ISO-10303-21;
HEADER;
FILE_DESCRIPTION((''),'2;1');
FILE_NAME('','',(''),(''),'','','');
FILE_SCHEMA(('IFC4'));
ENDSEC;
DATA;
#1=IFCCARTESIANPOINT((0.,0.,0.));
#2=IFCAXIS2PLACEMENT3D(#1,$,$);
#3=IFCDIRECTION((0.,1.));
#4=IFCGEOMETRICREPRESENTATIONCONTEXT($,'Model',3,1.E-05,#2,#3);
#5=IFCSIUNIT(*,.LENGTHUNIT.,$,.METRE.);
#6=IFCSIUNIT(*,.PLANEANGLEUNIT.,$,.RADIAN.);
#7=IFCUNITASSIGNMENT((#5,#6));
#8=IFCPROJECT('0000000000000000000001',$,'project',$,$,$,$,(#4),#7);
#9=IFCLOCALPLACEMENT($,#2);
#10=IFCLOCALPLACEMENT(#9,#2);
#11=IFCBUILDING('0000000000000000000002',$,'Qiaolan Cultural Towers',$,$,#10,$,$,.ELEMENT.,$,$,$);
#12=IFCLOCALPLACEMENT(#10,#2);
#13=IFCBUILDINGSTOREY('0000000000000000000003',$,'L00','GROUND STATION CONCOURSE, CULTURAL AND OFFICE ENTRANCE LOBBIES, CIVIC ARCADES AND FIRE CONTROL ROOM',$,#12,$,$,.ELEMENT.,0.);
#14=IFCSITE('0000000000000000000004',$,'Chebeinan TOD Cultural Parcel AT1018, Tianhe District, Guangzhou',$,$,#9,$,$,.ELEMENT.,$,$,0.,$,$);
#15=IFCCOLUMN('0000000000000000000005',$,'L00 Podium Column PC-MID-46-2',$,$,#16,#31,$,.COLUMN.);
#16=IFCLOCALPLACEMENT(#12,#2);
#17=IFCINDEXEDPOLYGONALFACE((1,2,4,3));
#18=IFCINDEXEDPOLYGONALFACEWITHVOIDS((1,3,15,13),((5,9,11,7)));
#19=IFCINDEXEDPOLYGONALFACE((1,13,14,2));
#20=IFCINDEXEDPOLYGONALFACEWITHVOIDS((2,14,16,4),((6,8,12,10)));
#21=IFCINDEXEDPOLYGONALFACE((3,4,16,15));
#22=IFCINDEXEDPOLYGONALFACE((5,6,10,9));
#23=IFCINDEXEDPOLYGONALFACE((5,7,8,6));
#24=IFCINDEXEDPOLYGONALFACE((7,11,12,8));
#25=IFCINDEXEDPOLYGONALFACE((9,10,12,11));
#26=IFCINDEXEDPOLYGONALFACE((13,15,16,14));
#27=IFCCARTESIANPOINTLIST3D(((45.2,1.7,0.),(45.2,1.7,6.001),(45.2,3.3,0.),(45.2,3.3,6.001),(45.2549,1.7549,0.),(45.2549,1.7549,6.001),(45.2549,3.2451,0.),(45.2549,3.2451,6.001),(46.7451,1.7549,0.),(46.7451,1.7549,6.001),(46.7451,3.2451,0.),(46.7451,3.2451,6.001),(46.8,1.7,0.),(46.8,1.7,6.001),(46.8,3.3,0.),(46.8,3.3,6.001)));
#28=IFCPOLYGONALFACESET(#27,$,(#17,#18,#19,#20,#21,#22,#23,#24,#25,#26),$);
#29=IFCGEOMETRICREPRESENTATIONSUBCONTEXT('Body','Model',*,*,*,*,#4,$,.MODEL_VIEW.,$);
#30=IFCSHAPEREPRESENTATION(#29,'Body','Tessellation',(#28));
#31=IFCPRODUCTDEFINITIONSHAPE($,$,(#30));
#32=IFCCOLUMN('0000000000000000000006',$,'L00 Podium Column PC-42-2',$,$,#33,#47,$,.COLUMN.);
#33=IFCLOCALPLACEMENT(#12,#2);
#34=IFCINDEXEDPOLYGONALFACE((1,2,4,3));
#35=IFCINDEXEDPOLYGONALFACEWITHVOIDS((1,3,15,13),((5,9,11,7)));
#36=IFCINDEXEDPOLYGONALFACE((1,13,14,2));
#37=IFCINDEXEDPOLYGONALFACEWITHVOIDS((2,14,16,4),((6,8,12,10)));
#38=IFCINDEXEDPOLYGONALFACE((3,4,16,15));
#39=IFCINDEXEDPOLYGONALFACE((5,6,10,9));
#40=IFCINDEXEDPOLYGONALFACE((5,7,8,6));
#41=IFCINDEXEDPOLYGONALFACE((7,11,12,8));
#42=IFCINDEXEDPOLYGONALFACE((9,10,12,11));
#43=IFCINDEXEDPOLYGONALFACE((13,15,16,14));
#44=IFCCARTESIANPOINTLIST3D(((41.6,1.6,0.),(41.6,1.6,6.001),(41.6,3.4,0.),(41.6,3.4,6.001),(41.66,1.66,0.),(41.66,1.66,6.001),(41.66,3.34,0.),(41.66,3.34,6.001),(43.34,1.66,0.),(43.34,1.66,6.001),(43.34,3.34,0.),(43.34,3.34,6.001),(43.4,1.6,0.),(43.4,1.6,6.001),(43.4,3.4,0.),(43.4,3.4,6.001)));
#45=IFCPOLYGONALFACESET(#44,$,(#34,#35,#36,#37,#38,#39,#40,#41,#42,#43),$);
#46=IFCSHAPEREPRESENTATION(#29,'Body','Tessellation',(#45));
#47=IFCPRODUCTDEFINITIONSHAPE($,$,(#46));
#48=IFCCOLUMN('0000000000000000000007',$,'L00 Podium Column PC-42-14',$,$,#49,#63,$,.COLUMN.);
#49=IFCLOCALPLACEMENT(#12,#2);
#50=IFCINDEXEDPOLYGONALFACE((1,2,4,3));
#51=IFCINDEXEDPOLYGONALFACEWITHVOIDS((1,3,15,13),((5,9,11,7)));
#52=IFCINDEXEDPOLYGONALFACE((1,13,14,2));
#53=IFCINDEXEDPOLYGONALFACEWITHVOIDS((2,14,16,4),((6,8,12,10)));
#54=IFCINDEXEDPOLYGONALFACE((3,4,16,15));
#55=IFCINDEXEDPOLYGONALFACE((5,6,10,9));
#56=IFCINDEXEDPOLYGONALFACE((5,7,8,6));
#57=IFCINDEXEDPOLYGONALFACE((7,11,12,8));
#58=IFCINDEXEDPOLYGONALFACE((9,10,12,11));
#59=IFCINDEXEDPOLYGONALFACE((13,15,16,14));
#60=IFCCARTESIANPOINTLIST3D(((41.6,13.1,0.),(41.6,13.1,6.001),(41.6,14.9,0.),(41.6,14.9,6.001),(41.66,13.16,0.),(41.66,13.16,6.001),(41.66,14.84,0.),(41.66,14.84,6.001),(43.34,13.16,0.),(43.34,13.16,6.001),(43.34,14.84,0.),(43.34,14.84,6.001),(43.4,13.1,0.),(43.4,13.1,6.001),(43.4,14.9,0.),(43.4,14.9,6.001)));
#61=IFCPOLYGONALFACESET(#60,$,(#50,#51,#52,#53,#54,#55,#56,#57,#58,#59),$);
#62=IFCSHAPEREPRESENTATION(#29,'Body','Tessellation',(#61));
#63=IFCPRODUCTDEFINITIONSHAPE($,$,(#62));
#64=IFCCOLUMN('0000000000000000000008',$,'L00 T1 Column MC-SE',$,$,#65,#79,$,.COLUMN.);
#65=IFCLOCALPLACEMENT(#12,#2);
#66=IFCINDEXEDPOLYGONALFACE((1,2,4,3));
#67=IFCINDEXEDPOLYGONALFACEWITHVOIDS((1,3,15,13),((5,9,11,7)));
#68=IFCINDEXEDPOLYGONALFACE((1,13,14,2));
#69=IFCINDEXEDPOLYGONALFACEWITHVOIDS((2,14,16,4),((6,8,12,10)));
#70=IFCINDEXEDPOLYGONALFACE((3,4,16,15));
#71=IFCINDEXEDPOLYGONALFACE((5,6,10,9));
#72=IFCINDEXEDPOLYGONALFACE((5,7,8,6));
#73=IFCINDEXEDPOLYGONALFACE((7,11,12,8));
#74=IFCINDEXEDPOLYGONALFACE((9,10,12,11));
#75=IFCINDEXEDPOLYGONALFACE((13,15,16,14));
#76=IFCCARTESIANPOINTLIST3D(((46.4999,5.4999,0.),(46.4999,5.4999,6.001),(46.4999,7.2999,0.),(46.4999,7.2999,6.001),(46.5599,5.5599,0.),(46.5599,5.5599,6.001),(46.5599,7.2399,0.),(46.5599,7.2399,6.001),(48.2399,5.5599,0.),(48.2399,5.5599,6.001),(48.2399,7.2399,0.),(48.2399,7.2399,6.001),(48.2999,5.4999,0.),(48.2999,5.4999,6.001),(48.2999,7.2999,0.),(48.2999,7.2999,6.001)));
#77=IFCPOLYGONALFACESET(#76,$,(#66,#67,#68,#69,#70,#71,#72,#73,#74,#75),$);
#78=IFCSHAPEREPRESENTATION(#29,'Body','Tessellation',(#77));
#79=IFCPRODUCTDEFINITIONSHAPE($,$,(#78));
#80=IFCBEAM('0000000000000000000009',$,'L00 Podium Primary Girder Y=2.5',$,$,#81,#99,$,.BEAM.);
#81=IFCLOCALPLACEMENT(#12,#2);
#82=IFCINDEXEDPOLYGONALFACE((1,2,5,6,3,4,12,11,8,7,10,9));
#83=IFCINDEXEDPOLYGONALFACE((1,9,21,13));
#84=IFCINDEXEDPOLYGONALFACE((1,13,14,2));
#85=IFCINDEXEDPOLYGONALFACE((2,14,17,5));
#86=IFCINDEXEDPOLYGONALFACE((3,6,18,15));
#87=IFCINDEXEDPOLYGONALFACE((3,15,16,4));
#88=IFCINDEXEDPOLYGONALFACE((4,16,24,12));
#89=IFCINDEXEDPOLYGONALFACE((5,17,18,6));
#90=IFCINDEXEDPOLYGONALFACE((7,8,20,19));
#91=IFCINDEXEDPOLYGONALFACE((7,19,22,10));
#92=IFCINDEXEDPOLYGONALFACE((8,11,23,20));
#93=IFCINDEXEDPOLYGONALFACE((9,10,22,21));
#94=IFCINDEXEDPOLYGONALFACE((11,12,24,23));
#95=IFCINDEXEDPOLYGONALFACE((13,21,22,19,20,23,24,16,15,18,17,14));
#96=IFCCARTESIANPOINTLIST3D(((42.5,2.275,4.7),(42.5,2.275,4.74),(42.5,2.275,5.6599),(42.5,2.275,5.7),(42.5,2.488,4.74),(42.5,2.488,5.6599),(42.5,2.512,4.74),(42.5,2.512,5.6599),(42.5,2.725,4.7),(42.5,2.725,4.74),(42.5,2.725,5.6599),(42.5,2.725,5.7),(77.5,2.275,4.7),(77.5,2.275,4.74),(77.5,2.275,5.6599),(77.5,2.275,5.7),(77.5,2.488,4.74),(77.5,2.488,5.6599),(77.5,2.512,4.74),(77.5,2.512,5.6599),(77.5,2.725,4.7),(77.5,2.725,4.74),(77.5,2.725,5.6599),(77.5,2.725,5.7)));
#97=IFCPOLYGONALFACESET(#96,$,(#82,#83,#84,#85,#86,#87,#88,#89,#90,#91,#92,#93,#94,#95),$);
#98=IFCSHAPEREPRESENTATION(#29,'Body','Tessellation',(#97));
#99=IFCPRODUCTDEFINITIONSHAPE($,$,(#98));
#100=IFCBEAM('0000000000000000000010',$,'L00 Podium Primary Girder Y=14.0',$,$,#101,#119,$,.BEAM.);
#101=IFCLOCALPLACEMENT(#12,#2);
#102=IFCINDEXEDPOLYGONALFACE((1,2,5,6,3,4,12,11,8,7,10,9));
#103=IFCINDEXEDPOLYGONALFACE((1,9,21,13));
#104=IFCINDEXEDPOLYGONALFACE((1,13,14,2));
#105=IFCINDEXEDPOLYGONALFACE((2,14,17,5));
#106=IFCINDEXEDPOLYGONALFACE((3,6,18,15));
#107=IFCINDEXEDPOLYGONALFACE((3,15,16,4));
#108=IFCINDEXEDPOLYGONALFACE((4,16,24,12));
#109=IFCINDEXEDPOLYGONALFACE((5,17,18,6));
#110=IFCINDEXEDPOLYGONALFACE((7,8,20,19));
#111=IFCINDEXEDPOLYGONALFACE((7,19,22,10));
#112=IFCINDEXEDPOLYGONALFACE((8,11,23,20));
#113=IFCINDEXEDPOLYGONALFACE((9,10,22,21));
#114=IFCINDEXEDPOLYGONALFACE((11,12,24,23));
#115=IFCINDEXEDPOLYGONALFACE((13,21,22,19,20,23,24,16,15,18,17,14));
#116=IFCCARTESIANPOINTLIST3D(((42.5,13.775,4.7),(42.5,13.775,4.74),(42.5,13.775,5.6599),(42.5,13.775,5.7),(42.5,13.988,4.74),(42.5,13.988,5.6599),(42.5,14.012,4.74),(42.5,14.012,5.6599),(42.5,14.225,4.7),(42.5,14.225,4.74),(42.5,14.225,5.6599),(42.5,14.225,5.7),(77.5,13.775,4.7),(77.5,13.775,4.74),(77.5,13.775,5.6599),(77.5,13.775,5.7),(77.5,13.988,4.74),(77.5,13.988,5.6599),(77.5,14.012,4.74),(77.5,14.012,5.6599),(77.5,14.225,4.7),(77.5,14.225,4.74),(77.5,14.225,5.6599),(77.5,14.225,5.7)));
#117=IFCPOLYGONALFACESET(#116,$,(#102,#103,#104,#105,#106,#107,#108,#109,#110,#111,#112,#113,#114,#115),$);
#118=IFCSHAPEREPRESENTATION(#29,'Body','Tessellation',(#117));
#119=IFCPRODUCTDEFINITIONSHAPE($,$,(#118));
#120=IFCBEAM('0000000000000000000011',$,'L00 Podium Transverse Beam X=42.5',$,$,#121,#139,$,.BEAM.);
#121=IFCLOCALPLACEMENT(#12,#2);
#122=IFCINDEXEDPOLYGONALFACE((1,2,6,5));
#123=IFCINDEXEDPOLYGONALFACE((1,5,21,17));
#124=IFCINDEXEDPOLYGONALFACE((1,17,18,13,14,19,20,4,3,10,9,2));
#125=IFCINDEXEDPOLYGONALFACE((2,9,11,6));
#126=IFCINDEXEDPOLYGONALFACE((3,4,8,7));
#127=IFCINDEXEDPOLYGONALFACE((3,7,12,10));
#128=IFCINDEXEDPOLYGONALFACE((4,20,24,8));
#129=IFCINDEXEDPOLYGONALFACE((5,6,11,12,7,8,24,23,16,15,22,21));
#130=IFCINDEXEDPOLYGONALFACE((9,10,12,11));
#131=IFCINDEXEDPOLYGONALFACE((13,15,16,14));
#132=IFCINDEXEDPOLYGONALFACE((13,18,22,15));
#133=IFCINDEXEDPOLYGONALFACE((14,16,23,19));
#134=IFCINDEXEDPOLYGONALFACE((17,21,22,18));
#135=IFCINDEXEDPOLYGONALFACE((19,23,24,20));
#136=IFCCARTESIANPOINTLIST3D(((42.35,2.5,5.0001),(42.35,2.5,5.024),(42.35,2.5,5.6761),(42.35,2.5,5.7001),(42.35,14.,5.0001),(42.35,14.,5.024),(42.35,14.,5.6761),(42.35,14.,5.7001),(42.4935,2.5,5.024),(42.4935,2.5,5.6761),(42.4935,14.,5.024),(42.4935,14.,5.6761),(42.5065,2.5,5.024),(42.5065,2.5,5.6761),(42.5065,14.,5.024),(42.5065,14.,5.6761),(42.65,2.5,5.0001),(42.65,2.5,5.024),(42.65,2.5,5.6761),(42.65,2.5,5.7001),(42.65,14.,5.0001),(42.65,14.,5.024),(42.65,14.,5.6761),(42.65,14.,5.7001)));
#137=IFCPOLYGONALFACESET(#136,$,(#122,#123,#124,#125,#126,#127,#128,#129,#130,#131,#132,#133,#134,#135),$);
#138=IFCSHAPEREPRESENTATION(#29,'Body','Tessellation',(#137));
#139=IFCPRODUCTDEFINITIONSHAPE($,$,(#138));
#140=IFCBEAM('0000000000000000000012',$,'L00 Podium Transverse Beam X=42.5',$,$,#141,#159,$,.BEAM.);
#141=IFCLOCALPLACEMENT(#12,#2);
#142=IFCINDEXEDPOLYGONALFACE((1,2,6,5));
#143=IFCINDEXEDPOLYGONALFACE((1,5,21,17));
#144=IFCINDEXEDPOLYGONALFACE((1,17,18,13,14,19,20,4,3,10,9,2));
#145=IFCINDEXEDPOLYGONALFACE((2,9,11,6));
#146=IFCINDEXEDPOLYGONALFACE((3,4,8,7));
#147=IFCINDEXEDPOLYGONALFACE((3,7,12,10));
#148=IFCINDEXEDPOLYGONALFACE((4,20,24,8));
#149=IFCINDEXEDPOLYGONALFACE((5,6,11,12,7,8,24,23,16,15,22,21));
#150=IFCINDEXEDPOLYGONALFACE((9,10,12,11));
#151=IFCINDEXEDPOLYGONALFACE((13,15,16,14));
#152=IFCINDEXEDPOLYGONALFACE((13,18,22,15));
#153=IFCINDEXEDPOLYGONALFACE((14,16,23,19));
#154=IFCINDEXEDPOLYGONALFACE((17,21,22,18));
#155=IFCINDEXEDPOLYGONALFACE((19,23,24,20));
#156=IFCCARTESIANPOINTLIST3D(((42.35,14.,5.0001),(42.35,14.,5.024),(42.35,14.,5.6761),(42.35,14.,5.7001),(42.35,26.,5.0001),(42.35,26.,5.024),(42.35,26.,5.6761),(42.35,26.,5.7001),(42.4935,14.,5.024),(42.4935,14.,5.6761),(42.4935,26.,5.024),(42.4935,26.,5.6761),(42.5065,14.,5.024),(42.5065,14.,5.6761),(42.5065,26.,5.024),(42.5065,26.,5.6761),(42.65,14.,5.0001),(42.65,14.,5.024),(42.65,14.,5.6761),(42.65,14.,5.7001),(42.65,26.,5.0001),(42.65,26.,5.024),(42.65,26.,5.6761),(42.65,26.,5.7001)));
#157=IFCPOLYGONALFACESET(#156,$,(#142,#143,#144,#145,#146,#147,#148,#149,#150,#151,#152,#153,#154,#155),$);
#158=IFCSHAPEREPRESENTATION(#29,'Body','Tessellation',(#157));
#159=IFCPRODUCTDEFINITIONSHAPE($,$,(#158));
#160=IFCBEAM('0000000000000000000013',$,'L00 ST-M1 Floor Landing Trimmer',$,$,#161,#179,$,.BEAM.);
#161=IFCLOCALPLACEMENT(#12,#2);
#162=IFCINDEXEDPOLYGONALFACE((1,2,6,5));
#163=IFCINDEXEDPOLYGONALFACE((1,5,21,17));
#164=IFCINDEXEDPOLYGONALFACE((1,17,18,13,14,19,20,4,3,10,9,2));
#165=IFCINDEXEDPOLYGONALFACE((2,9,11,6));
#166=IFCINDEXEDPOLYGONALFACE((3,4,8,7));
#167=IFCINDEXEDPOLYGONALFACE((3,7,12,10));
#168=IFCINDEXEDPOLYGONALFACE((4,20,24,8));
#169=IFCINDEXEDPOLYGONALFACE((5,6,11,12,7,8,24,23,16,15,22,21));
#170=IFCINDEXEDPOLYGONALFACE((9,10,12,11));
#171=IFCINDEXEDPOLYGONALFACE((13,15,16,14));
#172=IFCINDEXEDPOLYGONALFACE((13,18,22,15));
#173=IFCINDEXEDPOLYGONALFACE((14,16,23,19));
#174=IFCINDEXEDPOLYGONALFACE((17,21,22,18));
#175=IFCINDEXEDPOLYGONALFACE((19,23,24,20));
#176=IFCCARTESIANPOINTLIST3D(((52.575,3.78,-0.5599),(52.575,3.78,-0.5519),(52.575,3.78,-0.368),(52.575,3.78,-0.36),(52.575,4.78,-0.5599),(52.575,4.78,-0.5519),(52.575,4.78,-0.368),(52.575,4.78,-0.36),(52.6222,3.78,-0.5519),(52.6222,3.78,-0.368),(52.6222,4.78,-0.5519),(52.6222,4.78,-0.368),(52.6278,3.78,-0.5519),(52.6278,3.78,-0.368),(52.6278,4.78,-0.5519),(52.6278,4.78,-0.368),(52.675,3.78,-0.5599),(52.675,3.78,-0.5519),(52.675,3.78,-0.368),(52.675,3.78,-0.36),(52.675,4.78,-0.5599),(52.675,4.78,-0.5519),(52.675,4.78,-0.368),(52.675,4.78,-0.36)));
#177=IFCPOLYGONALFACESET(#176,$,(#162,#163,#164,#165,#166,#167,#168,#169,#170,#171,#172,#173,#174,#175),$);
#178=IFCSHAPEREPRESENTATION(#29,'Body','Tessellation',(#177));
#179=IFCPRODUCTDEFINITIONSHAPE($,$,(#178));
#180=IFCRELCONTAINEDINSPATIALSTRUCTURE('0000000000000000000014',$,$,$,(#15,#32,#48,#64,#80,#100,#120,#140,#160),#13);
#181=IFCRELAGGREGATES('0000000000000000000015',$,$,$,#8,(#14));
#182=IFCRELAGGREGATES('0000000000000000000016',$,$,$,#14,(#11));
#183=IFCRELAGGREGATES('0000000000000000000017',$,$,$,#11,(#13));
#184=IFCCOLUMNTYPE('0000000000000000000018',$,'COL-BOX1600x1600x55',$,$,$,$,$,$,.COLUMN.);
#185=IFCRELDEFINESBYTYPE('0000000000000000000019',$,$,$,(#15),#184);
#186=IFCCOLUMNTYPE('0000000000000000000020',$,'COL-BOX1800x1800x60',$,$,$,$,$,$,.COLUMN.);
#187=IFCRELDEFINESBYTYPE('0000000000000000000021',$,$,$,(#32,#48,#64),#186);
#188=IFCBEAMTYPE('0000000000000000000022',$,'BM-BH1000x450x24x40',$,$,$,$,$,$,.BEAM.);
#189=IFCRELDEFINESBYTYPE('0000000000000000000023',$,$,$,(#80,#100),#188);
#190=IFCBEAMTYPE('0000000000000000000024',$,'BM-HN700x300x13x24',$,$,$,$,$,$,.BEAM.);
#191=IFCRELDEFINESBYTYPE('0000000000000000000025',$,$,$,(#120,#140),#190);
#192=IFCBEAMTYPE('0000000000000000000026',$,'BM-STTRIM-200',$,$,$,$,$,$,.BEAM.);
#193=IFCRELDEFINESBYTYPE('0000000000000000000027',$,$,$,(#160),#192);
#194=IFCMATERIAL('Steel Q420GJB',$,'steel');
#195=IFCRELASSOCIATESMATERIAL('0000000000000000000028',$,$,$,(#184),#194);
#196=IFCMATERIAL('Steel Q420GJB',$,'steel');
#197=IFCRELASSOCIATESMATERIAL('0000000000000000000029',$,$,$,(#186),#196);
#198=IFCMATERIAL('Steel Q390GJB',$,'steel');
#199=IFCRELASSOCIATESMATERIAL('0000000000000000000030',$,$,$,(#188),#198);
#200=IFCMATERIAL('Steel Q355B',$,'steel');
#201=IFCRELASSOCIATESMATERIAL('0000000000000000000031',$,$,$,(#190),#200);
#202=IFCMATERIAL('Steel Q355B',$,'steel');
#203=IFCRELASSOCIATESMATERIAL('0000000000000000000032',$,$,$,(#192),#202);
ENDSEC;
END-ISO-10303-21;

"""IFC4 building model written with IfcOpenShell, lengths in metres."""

from ifc_helpers import new_model, si_unit, direction, frame, origin, origin_2d, place, context, subcontext, project, spatial, hollow_rectangle, i_section, extrude, material, material_profile, profile_set, type_object, element, save


model = new_model("IFC4")

# Units and contexts
model_context = context("Model", 3, precision=1e-05, world=origin(), true_north=direction((0.0, 1.0)))
body_context = subcontext(model_context, "Body", "Model", "MODEL_VIEW")
ifc_project = project(units=[si_unit("LENGTHUNIT", "METRE"), si_unit("PLANEANGLEUNIT", "RADIAN")], contexts=[model_context])

# Site, building, storey
site_placement = place(None, origin())
site = spatial("IfcSite", under=ifc_project, at=site_placement, Name="Chebeinan TOD Cultural Parcel AT1018, Tianhe District, Guangzhou", CompositionType="ELEMENT", RefElevation=0.0)
building_placement = place(site_placement, origin())
building = spatial("IfcBuilding", under=site, at=building_placement, Name="Qiaolan Cultural Towers", CompositionType="ELEMENT")
storey_placement = place(building_placement, origin())
storey = spatial("IfcBuildingStorey", under=building, at=storey_placement, Name="L00", Description="GROUND STATION CONCOURSE, CULTURAL AND OFFICE ENTRANCE LOBBIES, CIVIC ARCADES AND FIRE CONTROL ROOM", CompositionType="ELEMENT", Elevation=0.0)

# Columns
ifc_material_1 = material(Name="Steel Q420GJB", Category="steel")
ifc_material_profile_1 = material_profile(ifc_material_1, hollow_rectangle(XDim=1.6001, YDim=1.6001, WallThickness=0.0549, at=origin_2d()), Name="BOX1600x1600x55")
ifc_profile_set_1 = profile_set([ifc_material_profile_1], Name="Steel Q420GJB")
column_type_1 = type_object("IfcColumnType", Name="COL-BOX1600x1600x55", PredefinedType="COLUMN", material=ifc_profile_set_1)
column_placement = place(storey_placement, frame((46.0, 2.5, 0.0), z_axis=(0.0, 0.0, 1.0), x_axis=(1.0, 0.0, 0.0)))
element("IfcColumn", 1, at=column_placement, inside=storey, type_object=column_type_1, Name="L00 Podium Column PC-MID-46-2", PredefinedType="COLUMN", context=body_context, shape_type="SweptSolid", body=[
    extrude(hollow_rectangle(XDim=1.6001, YDim=1.6001, WallThickness=0.0549, at=origin_2d()), origin(), (0.0, 0.0, 1.0), 6.001),
])
ifc_material_2 = material(Name="Steel Q420GJB", Category="steel")
ifc_material_profile_2 = material_profile(ifc_material_2, hollow_rectangle(XDim=1.8, YDim=1.8, WallThickness=0.0601, at=origin_2d()), Name="BOX1800x1800x60")
ifc_profile_set_2 = profile_set([ifc_material_profile_2], Name="Steel Q420GJB")
column_type_2 = type_object("IfcColumnType", Name="COL-BOX1800x1800x60", PredefinedType="COLUMN", material=ifc_profile_set_2)
for number, where, z_axis, x_axis, name in (
    (2, (42.5, 2.5, 0.0), (0.0, 0.0, 1.0), (1.0, 0.0, 0.0), "L00 Podium Column PC-42-2"),
    (3, (42.5, 14.0, 0.0), (0.0, 0.0, 1.0), (1.0, 0.0, 0.0), "L00 Podium Column PC-42-14"),
    (4, (47.3999, 6.3999, 0.0), (0.0, 0.0, 1.0), (1.0, 0.0, 0.0), "L00 T1 Column MC-SE"),
):
    element("IfcColumn", number, at=place(storey_placement, frame(where, z_axis=z_axis, x_axis=x_axis)), inside=storey, type_object=column_type_2, Name=name, PredefinedType="COLUMN", context=body_context, shape_type="SweptSolid", body=[
        extrude(hollow_rectangle(XDim=1.8, YDim=1.8, WallThickness=0.0601, at=origin_2d()), origin(), (0.0, 0.0, 1.0), 6.001),
    ])

# Beams
ifc_material_3 = material(Name="Steel Q390GJB", Category="steel")
ifc_material_profile_3 = material_profile(ifc_material_3, i_section(OverallWidth=0.45, OverallDepth=1.0, WebThickness=0.0239, FlangeThickness=0.04, at=origin_2d()), Name="BH1000x450x24x40")
ifc_profile_set_3 = profile_set([ifc_material_profile_3], Name="Steel Q390GJB")
beam_type_1 = type_object("IfcBeamType", Name="BM-BH1000x450x24x40", PredefinedType="BEAM", material=ifc_profile_set_3)
for number, where, z_axis, x_axis, name in (
    (5, (42.5, 2.5, 5.2), (1.0, 0.0, 0.0), (0.0, 1.0, 0.0), "L00 Podium Primary Girder Y=2.5"),
    (6, (42.5, 14.0, 5.2), (1.0, 0.0, 0.0), (0.0, 1.0, 0.0), "L00 Podium Primary Girder Y=14.0"),
):
    element("IfcBeam", number, at=place(storey_placement, frame(where, z_axis=z_axis, x_axis=x_axis)), inside=storey, type_object=beam_type_1, Name=name, PredefinedType="BEAM", context=body_context, shape_type="SweptSolid", body=[
        extrude(i_section(OverallWidth=0.45, OverallDepth=1.0, WebThickness=0.0239, FlangeThickness=0.04, at=origin_2d()), origin(), (0.0, 0.0, 1.0), 35.0),
    ])
ifc_material_4 = material(Name="Steel Q355B", Category="steel")
ifc_material_profile_4 = material_profile(ifc_material_4, i_section(OverallWidth=0.3, OverallDepth=0.7, WebThickness=0.0129, FlangeThickness=0.0239, at=origin_2d()), Name="HN700x300x13x24")
ifc_profile_set_4 = profile_set([ifc_material_profile_4], Name="Steel Q355B")
beam_type_2 = type_object("IfcBeamType", Name="BM-HN700x300x13x24", PredefinedType="BEAM", material=ifc_profile_set_4)
beam_1_placement = place(storey_placement, frame((42.5, 2.5, 5.3501), z_axis=(0.0, 1.0, 0.0), x_axis=(-1.0, 0.0, 0.0)))
element("IfcBeam", 7, at=beam_1_placement, inside=storey, type_object=beam_type_2, Name="L00 Podium Transverse Beam X=42.5", PredefinedType="BEAM", context=body_context, shape_type="SweptSolid", body=[
    extrude(i_section(OverallWidth=0.3, OverallDepth=0.7, WebThickness=0.0129, FlangeThickness=0.0239, at=origin_2d()), origin(), (0.0, 0.0, 1.0), 11.5),
])
beam_2_placement = place(storey_placement, frame((42.5, 14.0, 5.3501), z_axis=(0.0, 1.0, 0.0), x_axis=(-1.0, 0.0, 0.0)))
element("IfcBeam", 8, at=beam_2_placement, inside=storey, type_object=beam_type_2, Name="L00 Podium Transverse Beam X=42.5", PredefinedType="BEAM", context=body_context, shape_type="SweptSolid", body=[
    extrude(i_section(OverallWidth=0.3, OverallDepth=0.7, WebThickness=0.0129, FlangeThickness=0.0239, at=origin_2d()), origin(), (0.0, 0.0, 1.0), 12.0),
])
ifc_material_5 = material(Name="Steel Q355B", Category="steel")
ifc_material_profile_5 = material_profile(ifc_material_5, i_section(OverallWidth=0.1001, OverallDepth=0.2, WebThickness=0.0056, FlangeThickness=0.0081, at=origin_2d()), Name="HN200x100x5.5x8")
ifc_profile_set_5 = profile_set([ifc_material_profile_5], Name="Steel Q355B")
beam_type_3 = type_object("IfcBeamType", Name="BM-STTRIM-200", PredefinedType="BEAM", material=ifc_profile_set_5)
beam_3_placement = place(storey_placement, frame((52.625, 3.78, -0.46), z_axis=(0.0, 1.0, 0.0), x_axis=(-1.0, 0.0, 0.0)))
element("IfcBeam", 9, at=beam_3_placement, inside=storey, type_object=beam_type_3, Name="L00 ST-M1 Floor Landing Trimmer", PredefinedType="BEAM", context=body_context, shape_type="SweptSolid", body=[
    extrude(i_section(OverallWidth=0.1001, OverallDepth=0.2, WebThickness=0.0056, FlangeThickness=0.0081, at=origin_2d()), origin(), (0.0, 0.0, 1.0), 1.0),
])

save(model, "model.ifc")
